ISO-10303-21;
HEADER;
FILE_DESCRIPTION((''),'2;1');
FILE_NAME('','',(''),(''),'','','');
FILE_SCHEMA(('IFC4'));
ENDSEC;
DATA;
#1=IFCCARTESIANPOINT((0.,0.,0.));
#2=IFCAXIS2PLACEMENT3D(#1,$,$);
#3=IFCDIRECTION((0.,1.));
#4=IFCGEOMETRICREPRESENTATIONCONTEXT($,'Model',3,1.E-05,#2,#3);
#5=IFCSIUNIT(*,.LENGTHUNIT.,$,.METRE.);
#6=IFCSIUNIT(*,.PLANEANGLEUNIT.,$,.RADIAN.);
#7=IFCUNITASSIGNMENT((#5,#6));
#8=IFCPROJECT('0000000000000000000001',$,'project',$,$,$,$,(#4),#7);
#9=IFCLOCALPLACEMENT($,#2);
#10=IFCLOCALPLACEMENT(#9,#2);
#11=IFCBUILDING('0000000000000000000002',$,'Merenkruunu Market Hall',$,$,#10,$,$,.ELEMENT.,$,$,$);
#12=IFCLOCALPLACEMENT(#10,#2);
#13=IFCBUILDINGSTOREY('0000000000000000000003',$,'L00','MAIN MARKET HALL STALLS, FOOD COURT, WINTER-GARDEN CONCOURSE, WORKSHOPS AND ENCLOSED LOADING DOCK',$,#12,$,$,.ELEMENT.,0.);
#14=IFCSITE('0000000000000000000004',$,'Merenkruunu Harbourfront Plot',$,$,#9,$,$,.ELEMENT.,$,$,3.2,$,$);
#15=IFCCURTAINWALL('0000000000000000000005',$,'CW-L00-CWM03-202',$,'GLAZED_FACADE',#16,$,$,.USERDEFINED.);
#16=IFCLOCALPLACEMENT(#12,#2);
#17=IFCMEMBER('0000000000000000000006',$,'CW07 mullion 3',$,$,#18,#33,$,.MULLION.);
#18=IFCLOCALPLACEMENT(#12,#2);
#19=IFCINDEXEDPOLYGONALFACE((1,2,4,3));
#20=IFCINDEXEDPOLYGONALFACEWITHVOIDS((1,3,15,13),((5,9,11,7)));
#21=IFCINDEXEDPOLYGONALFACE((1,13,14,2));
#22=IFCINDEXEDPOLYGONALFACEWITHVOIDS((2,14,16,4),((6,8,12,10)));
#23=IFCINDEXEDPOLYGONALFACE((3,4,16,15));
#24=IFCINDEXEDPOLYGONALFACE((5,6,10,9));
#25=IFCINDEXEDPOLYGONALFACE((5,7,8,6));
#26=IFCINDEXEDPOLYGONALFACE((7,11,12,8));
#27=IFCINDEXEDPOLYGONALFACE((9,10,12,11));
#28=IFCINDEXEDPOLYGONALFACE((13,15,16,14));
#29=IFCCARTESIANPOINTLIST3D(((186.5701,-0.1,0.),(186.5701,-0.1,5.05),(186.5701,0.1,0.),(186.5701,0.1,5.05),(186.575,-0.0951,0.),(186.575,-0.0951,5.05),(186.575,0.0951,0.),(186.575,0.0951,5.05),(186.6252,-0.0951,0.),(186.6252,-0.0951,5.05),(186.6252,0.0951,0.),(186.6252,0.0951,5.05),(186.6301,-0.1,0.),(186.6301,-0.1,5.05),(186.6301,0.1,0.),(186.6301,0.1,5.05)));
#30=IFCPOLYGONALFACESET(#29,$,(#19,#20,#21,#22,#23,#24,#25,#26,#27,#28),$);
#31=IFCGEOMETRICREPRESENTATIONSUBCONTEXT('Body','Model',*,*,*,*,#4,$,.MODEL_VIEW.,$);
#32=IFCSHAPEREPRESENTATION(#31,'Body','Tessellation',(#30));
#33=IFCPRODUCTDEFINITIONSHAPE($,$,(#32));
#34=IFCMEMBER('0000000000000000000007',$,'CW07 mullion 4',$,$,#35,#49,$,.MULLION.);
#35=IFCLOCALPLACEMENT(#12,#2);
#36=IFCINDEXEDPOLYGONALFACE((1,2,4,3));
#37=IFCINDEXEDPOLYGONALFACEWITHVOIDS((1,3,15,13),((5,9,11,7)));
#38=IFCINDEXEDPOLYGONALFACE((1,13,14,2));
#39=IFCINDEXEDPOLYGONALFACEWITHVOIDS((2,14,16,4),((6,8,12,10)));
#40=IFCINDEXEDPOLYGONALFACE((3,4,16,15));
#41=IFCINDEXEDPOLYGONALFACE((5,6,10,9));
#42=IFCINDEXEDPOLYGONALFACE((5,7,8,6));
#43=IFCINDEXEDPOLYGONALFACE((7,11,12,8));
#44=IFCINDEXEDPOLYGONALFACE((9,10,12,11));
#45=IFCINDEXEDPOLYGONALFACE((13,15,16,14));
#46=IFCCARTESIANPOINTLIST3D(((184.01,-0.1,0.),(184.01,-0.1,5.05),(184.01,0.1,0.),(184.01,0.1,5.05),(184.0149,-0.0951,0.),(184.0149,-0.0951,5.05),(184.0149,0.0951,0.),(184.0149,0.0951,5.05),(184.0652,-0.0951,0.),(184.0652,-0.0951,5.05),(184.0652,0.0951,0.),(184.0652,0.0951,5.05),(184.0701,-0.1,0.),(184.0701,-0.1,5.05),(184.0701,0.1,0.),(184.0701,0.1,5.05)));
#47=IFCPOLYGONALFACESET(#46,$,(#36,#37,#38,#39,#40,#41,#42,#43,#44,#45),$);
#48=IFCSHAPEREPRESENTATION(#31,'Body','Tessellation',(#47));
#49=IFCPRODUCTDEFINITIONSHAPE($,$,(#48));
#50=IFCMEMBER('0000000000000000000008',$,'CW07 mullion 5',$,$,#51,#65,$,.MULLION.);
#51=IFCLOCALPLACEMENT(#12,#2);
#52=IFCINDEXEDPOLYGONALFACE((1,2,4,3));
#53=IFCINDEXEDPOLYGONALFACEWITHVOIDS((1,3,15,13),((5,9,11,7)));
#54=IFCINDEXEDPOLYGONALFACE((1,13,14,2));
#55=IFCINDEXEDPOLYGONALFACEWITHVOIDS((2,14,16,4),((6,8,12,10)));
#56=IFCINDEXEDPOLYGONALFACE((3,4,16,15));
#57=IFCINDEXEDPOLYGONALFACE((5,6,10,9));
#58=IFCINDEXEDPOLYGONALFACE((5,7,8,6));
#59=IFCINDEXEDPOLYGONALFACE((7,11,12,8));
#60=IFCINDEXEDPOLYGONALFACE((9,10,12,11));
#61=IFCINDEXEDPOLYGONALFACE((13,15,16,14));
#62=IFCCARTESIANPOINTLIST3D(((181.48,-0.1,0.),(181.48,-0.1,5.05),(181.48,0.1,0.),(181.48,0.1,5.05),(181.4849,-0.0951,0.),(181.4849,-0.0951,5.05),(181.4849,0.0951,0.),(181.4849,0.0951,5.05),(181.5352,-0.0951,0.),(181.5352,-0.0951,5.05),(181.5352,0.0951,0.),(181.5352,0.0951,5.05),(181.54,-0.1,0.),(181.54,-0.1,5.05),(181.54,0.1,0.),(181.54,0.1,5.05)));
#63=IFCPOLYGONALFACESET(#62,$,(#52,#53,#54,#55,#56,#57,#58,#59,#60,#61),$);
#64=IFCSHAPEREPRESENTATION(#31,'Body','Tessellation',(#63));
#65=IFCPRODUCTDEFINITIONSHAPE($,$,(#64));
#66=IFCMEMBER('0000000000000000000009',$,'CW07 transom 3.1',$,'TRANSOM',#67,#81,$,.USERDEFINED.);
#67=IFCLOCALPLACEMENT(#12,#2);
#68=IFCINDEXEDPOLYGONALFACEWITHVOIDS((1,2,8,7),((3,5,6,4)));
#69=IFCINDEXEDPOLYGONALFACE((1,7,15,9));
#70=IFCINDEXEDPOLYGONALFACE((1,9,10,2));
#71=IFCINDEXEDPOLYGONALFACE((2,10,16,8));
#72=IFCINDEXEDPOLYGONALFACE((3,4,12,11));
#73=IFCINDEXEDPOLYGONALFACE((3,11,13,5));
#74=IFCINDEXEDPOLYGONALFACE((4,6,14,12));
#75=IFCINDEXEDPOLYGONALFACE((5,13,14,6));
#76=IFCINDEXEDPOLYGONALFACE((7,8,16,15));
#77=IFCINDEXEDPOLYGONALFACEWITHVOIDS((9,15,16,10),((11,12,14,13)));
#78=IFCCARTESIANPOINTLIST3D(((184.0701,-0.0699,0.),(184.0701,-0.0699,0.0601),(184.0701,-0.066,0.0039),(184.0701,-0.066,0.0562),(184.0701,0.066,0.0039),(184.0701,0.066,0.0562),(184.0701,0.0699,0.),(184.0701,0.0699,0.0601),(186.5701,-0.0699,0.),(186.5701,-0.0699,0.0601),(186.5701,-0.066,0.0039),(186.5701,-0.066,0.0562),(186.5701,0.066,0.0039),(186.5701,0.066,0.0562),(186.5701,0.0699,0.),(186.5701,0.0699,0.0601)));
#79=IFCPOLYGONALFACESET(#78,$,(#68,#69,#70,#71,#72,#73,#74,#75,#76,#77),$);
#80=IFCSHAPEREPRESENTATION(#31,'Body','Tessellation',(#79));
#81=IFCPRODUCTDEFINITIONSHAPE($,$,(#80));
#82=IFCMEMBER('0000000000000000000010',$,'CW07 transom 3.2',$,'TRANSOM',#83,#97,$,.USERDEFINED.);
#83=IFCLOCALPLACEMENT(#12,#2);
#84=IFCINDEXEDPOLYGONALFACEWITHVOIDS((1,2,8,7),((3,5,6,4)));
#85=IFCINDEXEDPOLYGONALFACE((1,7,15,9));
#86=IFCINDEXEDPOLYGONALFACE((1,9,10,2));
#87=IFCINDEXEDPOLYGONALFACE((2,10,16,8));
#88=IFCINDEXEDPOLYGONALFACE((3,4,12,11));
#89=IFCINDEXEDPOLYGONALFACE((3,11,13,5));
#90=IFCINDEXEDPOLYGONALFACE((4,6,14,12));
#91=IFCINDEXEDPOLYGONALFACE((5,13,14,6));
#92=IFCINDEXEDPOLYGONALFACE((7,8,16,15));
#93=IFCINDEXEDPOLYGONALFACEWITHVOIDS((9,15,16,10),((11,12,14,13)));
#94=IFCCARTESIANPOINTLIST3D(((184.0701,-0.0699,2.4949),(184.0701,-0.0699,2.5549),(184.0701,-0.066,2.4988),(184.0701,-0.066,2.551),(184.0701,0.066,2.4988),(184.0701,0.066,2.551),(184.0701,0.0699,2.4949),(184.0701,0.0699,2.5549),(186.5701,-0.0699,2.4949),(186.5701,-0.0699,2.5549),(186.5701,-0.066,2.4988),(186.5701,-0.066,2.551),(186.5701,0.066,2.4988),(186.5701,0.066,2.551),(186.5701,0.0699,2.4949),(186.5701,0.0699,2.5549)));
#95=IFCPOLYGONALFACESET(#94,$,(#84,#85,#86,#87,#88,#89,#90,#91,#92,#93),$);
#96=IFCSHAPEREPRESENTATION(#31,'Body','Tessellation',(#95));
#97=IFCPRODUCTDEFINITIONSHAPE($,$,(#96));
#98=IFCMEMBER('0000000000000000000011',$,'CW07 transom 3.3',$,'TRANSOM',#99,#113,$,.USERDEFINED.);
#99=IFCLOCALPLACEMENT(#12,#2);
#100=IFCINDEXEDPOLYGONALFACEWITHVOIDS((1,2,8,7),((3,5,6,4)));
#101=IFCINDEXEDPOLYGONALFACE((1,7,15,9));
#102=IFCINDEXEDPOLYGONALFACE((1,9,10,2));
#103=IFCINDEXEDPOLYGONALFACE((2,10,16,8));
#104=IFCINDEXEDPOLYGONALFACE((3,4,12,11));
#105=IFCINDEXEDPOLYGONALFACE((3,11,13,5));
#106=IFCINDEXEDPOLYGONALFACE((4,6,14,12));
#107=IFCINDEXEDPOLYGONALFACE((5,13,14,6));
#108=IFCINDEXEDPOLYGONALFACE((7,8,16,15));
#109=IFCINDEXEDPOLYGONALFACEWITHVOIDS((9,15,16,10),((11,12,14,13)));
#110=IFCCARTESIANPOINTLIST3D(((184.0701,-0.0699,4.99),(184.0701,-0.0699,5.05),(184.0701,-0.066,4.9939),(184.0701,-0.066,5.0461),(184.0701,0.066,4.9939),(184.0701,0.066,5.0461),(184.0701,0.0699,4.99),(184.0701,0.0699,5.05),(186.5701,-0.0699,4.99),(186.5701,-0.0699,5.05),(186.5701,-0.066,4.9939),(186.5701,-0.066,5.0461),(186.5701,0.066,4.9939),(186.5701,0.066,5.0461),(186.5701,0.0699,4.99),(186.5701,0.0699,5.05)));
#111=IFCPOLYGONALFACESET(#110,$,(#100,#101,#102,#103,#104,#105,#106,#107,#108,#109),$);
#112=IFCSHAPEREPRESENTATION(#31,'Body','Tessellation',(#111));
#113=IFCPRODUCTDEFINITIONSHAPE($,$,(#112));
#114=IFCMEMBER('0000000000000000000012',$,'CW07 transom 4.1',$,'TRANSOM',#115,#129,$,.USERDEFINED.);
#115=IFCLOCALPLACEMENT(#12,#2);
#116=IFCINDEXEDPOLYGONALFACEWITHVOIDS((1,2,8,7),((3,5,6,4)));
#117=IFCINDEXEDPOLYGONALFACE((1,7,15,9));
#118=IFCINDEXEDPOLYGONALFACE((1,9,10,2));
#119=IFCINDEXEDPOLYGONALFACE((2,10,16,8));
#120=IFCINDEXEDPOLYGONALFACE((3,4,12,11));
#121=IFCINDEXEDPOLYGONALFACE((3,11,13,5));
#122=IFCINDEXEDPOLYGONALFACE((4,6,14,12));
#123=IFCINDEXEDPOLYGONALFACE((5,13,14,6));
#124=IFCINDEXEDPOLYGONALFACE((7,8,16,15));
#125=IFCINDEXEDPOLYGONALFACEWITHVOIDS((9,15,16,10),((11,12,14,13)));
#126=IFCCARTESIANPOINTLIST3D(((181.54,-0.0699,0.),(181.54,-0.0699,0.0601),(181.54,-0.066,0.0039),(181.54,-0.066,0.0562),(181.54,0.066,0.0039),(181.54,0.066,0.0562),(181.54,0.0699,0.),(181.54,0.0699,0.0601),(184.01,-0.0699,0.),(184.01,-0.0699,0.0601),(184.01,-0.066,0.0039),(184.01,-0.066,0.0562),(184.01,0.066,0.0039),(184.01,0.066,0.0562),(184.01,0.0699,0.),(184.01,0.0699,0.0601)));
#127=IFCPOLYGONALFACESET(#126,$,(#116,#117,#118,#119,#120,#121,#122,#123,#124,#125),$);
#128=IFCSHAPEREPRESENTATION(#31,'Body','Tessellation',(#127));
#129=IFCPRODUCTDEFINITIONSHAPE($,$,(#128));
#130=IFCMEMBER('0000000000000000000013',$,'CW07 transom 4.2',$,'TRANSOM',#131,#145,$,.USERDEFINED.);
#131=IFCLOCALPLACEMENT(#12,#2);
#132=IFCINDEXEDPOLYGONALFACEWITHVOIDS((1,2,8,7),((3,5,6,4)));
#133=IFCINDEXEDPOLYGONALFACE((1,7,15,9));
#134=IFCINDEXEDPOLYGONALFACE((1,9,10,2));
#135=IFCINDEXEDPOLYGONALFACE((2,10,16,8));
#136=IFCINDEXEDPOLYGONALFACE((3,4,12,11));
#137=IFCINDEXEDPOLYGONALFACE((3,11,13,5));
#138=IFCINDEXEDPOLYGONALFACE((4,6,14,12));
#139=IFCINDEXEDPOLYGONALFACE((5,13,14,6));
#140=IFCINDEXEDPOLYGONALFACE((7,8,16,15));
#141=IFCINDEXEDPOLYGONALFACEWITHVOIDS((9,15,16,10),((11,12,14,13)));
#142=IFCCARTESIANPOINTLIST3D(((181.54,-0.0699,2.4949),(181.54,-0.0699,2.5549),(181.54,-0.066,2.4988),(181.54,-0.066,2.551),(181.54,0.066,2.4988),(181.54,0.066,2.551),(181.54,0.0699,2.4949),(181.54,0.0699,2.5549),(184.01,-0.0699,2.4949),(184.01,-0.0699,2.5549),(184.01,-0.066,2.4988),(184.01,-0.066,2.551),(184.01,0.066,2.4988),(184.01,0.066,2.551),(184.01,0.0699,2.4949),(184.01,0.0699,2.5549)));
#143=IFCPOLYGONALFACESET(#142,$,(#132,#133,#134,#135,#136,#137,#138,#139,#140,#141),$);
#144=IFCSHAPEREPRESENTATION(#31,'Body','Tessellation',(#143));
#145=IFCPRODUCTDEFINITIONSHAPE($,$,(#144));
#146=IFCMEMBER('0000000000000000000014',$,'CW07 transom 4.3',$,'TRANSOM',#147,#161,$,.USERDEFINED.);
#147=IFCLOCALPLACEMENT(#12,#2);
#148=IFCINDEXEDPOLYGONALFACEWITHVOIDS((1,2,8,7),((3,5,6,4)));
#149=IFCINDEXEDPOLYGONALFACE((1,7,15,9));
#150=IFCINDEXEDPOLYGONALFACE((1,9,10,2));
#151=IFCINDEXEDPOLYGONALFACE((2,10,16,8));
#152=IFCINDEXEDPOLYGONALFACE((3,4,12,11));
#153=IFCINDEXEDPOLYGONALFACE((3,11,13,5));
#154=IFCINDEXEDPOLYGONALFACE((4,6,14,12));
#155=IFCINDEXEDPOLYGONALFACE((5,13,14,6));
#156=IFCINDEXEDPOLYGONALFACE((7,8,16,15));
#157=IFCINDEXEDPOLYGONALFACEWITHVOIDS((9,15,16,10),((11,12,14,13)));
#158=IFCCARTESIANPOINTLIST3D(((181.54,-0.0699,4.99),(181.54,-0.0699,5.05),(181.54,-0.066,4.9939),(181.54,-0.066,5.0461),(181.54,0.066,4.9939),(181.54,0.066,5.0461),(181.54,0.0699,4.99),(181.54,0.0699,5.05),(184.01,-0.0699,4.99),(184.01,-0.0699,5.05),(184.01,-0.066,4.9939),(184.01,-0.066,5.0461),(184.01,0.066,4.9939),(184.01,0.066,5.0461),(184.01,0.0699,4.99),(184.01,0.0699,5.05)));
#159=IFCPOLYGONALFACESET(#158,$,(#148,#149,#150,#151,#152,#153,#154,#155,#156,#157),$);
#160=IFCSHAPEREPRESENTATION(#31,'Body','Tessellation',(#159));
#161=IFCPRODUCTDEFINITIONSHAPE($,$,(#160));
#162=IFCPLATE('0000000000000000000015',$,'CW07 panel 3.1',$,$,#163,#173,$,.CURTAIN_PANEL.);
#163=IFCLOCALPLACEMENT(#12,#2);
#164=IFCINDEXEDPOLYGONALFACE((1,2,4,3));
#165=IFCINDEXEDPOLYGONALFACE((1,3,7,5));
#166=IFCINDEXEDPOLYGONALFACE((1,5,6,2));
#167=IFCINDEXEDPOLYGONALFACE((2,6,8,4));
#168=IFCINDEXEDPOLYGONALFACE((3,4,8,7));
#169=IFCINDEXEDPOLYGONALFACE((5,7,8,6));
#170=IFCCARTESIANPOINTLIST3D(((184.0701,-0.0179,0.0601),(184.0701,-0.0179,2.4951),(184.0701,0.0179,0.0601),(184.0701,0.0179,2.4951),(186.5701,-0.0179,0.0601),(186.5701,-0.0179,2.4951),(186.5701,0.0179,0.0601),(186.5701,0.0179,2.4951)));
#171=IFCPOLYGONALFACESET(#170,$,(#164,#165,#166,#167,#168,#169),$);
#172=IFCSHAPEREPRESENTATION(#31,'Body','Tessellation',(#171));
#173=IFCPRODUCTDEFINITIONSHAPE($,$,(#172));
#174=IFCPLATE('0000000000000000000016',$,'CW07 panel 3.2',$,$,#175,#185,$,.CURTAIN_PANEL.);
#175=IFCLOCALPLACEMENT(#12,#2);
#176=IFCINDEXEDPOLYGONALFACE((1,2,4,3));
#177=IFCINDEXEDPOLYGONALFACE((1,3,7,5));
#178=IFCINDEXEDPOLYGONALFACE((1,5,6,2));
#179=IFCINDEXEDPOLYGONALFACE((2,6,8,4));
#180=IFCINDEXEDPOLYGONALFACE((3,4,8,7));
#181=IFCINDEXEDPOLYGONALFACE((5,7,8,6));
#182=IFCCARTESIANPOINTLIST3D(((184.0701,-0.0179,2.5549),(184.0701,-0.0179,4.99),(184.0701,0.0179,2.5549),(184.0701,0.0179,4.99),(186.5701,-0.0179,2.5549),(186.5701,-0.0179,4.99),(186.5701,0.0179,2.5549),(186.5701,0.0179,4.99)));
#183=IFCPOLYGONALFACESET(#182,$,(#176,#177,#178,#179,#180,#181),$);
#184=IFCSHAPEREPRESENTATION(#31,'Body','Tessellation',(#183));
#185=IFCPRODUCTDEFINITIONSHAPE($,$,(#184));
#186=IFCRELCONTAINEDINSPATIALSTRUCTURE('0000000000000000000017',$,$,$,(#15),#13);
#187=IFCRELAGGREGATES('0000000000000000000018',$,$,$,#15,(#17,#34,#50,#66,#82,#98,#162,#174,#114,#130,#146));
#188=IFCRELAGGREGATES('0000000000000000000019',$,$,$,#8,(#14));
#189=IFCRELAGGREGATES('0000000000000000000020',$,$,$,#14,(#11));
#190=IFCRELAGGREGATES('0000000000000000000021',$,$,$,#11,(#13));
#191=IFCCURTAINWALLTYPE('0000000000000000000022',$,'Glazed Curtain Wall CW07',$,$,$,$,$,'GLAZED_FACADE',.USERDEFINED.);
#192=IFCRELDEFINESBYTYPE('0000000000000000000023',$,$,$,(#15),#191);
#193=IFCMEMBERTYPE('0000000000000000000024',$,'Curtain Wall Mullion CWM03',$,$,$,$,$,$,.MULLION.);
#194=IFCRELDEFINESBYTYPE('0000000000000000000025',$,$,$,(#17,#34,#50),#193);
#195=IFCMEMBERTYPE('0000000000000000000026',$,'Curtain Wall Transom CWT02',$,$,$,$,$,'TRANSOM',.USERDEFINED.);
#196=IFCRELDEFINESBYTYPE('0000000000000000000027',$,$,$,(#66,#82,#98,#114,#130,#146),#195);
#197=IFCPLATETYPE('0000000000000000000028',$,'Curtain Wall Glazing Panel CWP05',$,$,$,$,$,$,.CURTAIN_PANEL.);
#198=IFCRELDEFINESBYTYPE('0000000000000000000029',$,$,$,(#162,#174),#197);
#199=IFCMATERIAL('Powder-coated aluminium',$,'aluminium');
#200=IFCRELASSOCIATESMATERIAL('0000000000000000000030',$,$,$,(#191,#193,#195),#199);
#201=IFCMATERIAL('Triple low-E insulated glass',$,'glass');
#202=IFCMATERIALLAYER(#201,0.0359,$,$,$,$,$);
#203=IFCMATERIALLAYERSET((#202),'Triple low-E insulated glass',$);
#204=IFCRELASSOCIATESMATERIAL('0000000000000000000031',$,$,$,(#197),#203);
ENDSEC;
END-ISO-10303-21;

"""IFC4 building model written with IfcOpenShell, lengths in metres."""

from ifc_helpers import new_model, si_unit, direction, frame, origin, origin_2d, place, context, subcontext, project, spatial, rectangle, hollow_rectangle, extrude, material, layer, layer_set, material_profile, profile_set, type_object, element, aggregate, save


model = new_model("IFC4")

# Units and contexts
model_context = context("Model", 3, precision=1e-05, world=origin(), true_north=direction((0.0, 1.0)))
body_context = subcontext(model_context, "Body", "Model", "MODEL_VIEW")
ifc_project = project(units=[si_unit("LENGTHUNIT", "METRE"), si_unit("PLANEANGLEUNIT", "RADIAN")], contexts=[model_context])

# Site, building, storey
site_placement = place(None, origin())
site = spatial("IfcSite", under=ifc_project, at=site_placement, Name="Merenkruunu Harbourfront Plot", CompositionType="ELEMENT", RefElevation=3.2)
building_placement = place(site_placement, origin())
building = spatial("IfcBuilding", under=site, at=building_placement, Name="Merenkruunu Market Hall", CompositionType="ELEMENT")
storey_placement = place(building_placement, origin())
storey = spatial("IfcBuildingStorey", under=building, at=storey_placement, Name="L00", Description="MAIN MARKET HALL STALLS, FOOD COURT, WINTER-GARDEN CONCOURSE, WORKSHOPS AND ENCLOSED LOADING DOCK", CompositionType="ELEMENT", Elevation=0.0)

# Curtain wall, members, plates
ifc_material_1 = material(Name="Powder-coated aluminium", Category="aluminium")
curtain_wall_type = type_object("IfcCurtainWallType", Name="Glazed Curtain Wall CW07", ElementType="GLAZED_FACADE", PredefinedType="USERDEFINED", material=ifc_material_1)
curtain_wall_placement = place(storey_placement, origin())
curtain_wall = element("IfcCurtainWall", 1, at=curtain_wall_placement, inside=storey, type_object=curtain_wall_type, Name="CW-L00-CWM03-202", ObjectType="GLAZED_FACADE", PredefinedType="USERDEFINED")
ifc_material_profile_1 = material_profile(ifc_material_1, hollow_rectangle(XDim=0.0601, YDim=0.2, WallThickness=0.0049, at=origin_2d()), Name="ALU 60x200x5")
ifc_profile_set_1 = profile_set([ifc_material_profile_1], Name="Powder-coated aluminium")
member_type_1 = type_object("IfcMemberType", Name="Curtain Wall Mullion CWM03", PredefinedType="MULLION", material=ifc_profile_set_1)
member_1_placement = place(storey_placement, frame((186.6001, 0.0, 0.0), z_axis=(0.0, 0.0, 1.0), x_axis=(-1.0, 0.0, 0.0)))
member_1 = element("IfcMember", 2, at=member_1_placement, type_object=member_type_1, Name="CW07 mullion 3", PredefinedType="MULLION", context=body_context, shape_type="SweptSolid", body=[
    extrude(hollow_rectangle(XDim=0.0601, YDim=0.2, WallThickness=0.0049, at=origin_2d()), origin(), (0.0, 0.0, 1.0), 5.05),
])
member_2_placement = place(storey_placement, frame((184.04, 0.0, 0.0), z_axis=(0.0, 0.0, 1.0), x_axis=(-1.0, 0.0, 0.0)))
member_2 = element("IfcMember", 3, at=member_2_placement, type_object=member_type_1, Name="CW07 mullion 4", PredefinedType="MULLION", context=body_context, shape_type="SweptSolid", body=[
    extrude(hollow_rectangle(XDim=0.0601, YDim=0.2, WallThickness=0.0049, at=origin_2d()), origin(), (0.0, 0.0, 1.0), 5.05),
])
member_3_placement = place(storey_placement, frame((181.51, 0.0, 0.0), z_axis=(0.0, 0.0, 1.0), x_axis=(-1.0, 0.0, 0.0)))
member_3 = element("IfcMember", 4, at=member_3_placement, type_object=member_type_1, Name="CW07 mullion 5", PredefinedType="MULLION", context=body_context, shape_type="SweptSolid", body=[
    extrude(hollow_rectangle(XDim=0.0601, YDim=0.2, WallThickness=0.0049, at=origin_2d()), origin(), (0.0, 0.0, 1.0), 5.05),
])
ifc_material_profile_2 = material_profile(ifc_material_1, hollow_rectangle(XDim=0.0601, YDim=0.1399, WallThickness=0.0039, at=origin_2d()), Name="ALU 60x140x4")
ifc_profile_set_2 = profile_set([ifc_material_profile_2], Name="Powder-coated aluminium")
member_type_2 = type_object("IfcMemberType", Name="Curtain Wall Transom CWT02", ElementType="TRANSOM", PredefinedType="USERDEFINED", material=ifc_profile_set_2)
member_4_placement = place(storey_placement, frame((186.5701, 0.0, 0.03), z_axis=(-1.0, 0.0, 0.0), x_axis=(0.0, 0.0, 1.0)))
member_4 = element("IfcMember", 5, at=member_4_placement, type_object=member_type_2, Name="CW07 transom 3.1", ObjectType="TRANSOM", PredefinedType="USERDEFINED", context=body_context, shape_type="SweptSolid", body=[
    extrude(hollow_rectangle(XDim=0.0601, YDim=0.1399, WallThickness=0.0039, at=origin_2d()), origin(), (0.0, 0.0, 1.0), 2.5),
])
member_5_placement = place(storey_placement, frame((186.5701, 0.0, 2.5249), z_axis=(-1.0, 0.0, 0.0), x_axis=(0.0, 0.0, 1.0)))
member_5 = element("IfcMember", 6, at=member_5_placement, type_object=member_type_2, Name="CW07 transom 3.2", ObjectType="TRANSOM", PredefinedType="USERDEFINED", context=body_context, shape_type="SweptSolid", body=[
    extrude(hollow_rectangle(XDim=0.0601, YDim=0.1399, WallThickness=0.0039, at=origin_2d()), origin(), (0.0, 0.0, 1.0), 2.5),
])
member_6_placement = place(storey_placement, frame((186.5701, 0.0, 5.02), z_axis=(-1.0, 0.0, 0.0), x_axis=(0.0, 0.0, 1.0)))
member_6 = element("IfcMember", 7, at=member_6_placement, type_object=member_type_2, Name="CW07 transom 3.3", ObjectType="TRANSOM", PredefinedType="USERDEFINED", context=body_context, shape_type="SweptSolid", body=[
    extrude(hollow_rectangle(XDim=0.0601, YDim=0.1399, WallThickness=0.0039, at=origin_2d()), origin(), (0.0, 0.0, 1.0), 2.5),
])
member_7_placement = place(storey_placement, frame((184.01, 0.0, 0.03), z_axis=(-1.0, 0.0, 0.0), x_axis=(0.0, 0.0, 1.0)))
member_7 = element("IfcMember", 8, at=member_7_placement, type_object=member_type_2, Name="CW07 transom 4.1", ObjectType="TRANSOM", PredefinedType="USERDEFINED", context=body_context, shape_type="SweptSolid", body=[
    extrude(hollow_rectangle(XDim=0.0601, YDim=0.1399, WallThickness=0.0039, at=origin_2d()), origin(), (0.0, 0.0, 1.0), 2.47),
])
member_8_placement = place(storey_placement, frame((184.01, 0.0, 2.5249), z_axis=(-1.0, 0.0, 0.0), x_axis=(0.0, 0.0, 1.0)))
member_8 = element("IfcMember", 9, at=member_8_placement, type_object=member_type_2, Name="CW07 transom 4.2", ObjectType="TRANSOM", PredefinedType="USERDEFINED", context=body_context, shape_type="SweptSolid", body=[
    extrude(hollow_rectangle(XDim=0.0601, YDim=0.1399, WallThickness=0.0039, at=origin_2d()), origin(), (0.0, 0.0, 1.0), 2.47),
])
member_9_placement = place(storey_placement, frame((184.01, 0.0, 5.02), z_axis=(-1.0, 0.0, 0.0), x_axis=(0.0, 0.0, 1.0)))
member_9 = element("IfcMember", 10, at=member_9_placement, type_object=member_type_2, Name="CW07 transom 4.3", ObjectType="TRANSOM", PredefinedType="USERDEFINED", context=body_context, shape_type="SweptSolid", body=[
    extrude(hollow_rectangle(XDim=0.0601, YDim=0.1399, WallThickness=0.0039, at=origin_2d()), origin(), (0.0, 0.0, 1.0), 2.47),
])
ifc_material_2 = material(Name="Triple low-E insulated glass", Category="glass")
ifc_layer_1 = layer(ifc_material_2, 0.0359)
ifc_layer_set_1 = layer_set([ifc_layer_1], Name="Triple low-E insulated glass")
plate_type = type_object("IfcPlateType", Name="Curtain Wall Glazing Panel CWP05", PredefinedType="CURTAIN_PANEL", material=ifc_layer_set_1)
plate_1_placement = place(storey_placement, frame((185.3201, 0.0, 0.0601), z_axis=(0.0, 0.0, 1.0), x_axis=(-1.0, 0.0, 0.0)))
plate_1 = element("IfcPlate", 11, at=plate_1_placement, type_object=plate_type, Name="CW07 panel 3.1", PredefinedType="CURTAIN_PANEL", context=body_context, shape_type="SweptSolid", body=[
    extrude(rectangle(XDim=2.5, YDim=0.0359, at=origin_2d()), origin(), (0.0, 0.0, 1.0), 2.4351),
])
plate_2_placement = place(storey_placement, frame((185.3201, 0.0, 2.5549), z_axis=(0.0, 0.0, 1.0), x_axis=(-1.0, 0.0, 0.0)))
plate_2 = element("IfcPlate", 12, at=plate_2_placement, type_object=plate_type, Name="CW07 panel 3.2", PredefinedType="CURTAIN_PANEL", context=body_context, shape_type="SweptSolid", body=[
    extrude(rectangle(XDim=2.5, YDim=0.0359, at=origin_2d()), origin(), (0.0, 0.0, 1.0), 2.4351),
])
aggregate(curtain_wall, [member_1, member_2, member_3, member_4, member_5, member_6, plate_1, plate_2, member_7, member_8, member_9])

save(model, "model.ifc")
